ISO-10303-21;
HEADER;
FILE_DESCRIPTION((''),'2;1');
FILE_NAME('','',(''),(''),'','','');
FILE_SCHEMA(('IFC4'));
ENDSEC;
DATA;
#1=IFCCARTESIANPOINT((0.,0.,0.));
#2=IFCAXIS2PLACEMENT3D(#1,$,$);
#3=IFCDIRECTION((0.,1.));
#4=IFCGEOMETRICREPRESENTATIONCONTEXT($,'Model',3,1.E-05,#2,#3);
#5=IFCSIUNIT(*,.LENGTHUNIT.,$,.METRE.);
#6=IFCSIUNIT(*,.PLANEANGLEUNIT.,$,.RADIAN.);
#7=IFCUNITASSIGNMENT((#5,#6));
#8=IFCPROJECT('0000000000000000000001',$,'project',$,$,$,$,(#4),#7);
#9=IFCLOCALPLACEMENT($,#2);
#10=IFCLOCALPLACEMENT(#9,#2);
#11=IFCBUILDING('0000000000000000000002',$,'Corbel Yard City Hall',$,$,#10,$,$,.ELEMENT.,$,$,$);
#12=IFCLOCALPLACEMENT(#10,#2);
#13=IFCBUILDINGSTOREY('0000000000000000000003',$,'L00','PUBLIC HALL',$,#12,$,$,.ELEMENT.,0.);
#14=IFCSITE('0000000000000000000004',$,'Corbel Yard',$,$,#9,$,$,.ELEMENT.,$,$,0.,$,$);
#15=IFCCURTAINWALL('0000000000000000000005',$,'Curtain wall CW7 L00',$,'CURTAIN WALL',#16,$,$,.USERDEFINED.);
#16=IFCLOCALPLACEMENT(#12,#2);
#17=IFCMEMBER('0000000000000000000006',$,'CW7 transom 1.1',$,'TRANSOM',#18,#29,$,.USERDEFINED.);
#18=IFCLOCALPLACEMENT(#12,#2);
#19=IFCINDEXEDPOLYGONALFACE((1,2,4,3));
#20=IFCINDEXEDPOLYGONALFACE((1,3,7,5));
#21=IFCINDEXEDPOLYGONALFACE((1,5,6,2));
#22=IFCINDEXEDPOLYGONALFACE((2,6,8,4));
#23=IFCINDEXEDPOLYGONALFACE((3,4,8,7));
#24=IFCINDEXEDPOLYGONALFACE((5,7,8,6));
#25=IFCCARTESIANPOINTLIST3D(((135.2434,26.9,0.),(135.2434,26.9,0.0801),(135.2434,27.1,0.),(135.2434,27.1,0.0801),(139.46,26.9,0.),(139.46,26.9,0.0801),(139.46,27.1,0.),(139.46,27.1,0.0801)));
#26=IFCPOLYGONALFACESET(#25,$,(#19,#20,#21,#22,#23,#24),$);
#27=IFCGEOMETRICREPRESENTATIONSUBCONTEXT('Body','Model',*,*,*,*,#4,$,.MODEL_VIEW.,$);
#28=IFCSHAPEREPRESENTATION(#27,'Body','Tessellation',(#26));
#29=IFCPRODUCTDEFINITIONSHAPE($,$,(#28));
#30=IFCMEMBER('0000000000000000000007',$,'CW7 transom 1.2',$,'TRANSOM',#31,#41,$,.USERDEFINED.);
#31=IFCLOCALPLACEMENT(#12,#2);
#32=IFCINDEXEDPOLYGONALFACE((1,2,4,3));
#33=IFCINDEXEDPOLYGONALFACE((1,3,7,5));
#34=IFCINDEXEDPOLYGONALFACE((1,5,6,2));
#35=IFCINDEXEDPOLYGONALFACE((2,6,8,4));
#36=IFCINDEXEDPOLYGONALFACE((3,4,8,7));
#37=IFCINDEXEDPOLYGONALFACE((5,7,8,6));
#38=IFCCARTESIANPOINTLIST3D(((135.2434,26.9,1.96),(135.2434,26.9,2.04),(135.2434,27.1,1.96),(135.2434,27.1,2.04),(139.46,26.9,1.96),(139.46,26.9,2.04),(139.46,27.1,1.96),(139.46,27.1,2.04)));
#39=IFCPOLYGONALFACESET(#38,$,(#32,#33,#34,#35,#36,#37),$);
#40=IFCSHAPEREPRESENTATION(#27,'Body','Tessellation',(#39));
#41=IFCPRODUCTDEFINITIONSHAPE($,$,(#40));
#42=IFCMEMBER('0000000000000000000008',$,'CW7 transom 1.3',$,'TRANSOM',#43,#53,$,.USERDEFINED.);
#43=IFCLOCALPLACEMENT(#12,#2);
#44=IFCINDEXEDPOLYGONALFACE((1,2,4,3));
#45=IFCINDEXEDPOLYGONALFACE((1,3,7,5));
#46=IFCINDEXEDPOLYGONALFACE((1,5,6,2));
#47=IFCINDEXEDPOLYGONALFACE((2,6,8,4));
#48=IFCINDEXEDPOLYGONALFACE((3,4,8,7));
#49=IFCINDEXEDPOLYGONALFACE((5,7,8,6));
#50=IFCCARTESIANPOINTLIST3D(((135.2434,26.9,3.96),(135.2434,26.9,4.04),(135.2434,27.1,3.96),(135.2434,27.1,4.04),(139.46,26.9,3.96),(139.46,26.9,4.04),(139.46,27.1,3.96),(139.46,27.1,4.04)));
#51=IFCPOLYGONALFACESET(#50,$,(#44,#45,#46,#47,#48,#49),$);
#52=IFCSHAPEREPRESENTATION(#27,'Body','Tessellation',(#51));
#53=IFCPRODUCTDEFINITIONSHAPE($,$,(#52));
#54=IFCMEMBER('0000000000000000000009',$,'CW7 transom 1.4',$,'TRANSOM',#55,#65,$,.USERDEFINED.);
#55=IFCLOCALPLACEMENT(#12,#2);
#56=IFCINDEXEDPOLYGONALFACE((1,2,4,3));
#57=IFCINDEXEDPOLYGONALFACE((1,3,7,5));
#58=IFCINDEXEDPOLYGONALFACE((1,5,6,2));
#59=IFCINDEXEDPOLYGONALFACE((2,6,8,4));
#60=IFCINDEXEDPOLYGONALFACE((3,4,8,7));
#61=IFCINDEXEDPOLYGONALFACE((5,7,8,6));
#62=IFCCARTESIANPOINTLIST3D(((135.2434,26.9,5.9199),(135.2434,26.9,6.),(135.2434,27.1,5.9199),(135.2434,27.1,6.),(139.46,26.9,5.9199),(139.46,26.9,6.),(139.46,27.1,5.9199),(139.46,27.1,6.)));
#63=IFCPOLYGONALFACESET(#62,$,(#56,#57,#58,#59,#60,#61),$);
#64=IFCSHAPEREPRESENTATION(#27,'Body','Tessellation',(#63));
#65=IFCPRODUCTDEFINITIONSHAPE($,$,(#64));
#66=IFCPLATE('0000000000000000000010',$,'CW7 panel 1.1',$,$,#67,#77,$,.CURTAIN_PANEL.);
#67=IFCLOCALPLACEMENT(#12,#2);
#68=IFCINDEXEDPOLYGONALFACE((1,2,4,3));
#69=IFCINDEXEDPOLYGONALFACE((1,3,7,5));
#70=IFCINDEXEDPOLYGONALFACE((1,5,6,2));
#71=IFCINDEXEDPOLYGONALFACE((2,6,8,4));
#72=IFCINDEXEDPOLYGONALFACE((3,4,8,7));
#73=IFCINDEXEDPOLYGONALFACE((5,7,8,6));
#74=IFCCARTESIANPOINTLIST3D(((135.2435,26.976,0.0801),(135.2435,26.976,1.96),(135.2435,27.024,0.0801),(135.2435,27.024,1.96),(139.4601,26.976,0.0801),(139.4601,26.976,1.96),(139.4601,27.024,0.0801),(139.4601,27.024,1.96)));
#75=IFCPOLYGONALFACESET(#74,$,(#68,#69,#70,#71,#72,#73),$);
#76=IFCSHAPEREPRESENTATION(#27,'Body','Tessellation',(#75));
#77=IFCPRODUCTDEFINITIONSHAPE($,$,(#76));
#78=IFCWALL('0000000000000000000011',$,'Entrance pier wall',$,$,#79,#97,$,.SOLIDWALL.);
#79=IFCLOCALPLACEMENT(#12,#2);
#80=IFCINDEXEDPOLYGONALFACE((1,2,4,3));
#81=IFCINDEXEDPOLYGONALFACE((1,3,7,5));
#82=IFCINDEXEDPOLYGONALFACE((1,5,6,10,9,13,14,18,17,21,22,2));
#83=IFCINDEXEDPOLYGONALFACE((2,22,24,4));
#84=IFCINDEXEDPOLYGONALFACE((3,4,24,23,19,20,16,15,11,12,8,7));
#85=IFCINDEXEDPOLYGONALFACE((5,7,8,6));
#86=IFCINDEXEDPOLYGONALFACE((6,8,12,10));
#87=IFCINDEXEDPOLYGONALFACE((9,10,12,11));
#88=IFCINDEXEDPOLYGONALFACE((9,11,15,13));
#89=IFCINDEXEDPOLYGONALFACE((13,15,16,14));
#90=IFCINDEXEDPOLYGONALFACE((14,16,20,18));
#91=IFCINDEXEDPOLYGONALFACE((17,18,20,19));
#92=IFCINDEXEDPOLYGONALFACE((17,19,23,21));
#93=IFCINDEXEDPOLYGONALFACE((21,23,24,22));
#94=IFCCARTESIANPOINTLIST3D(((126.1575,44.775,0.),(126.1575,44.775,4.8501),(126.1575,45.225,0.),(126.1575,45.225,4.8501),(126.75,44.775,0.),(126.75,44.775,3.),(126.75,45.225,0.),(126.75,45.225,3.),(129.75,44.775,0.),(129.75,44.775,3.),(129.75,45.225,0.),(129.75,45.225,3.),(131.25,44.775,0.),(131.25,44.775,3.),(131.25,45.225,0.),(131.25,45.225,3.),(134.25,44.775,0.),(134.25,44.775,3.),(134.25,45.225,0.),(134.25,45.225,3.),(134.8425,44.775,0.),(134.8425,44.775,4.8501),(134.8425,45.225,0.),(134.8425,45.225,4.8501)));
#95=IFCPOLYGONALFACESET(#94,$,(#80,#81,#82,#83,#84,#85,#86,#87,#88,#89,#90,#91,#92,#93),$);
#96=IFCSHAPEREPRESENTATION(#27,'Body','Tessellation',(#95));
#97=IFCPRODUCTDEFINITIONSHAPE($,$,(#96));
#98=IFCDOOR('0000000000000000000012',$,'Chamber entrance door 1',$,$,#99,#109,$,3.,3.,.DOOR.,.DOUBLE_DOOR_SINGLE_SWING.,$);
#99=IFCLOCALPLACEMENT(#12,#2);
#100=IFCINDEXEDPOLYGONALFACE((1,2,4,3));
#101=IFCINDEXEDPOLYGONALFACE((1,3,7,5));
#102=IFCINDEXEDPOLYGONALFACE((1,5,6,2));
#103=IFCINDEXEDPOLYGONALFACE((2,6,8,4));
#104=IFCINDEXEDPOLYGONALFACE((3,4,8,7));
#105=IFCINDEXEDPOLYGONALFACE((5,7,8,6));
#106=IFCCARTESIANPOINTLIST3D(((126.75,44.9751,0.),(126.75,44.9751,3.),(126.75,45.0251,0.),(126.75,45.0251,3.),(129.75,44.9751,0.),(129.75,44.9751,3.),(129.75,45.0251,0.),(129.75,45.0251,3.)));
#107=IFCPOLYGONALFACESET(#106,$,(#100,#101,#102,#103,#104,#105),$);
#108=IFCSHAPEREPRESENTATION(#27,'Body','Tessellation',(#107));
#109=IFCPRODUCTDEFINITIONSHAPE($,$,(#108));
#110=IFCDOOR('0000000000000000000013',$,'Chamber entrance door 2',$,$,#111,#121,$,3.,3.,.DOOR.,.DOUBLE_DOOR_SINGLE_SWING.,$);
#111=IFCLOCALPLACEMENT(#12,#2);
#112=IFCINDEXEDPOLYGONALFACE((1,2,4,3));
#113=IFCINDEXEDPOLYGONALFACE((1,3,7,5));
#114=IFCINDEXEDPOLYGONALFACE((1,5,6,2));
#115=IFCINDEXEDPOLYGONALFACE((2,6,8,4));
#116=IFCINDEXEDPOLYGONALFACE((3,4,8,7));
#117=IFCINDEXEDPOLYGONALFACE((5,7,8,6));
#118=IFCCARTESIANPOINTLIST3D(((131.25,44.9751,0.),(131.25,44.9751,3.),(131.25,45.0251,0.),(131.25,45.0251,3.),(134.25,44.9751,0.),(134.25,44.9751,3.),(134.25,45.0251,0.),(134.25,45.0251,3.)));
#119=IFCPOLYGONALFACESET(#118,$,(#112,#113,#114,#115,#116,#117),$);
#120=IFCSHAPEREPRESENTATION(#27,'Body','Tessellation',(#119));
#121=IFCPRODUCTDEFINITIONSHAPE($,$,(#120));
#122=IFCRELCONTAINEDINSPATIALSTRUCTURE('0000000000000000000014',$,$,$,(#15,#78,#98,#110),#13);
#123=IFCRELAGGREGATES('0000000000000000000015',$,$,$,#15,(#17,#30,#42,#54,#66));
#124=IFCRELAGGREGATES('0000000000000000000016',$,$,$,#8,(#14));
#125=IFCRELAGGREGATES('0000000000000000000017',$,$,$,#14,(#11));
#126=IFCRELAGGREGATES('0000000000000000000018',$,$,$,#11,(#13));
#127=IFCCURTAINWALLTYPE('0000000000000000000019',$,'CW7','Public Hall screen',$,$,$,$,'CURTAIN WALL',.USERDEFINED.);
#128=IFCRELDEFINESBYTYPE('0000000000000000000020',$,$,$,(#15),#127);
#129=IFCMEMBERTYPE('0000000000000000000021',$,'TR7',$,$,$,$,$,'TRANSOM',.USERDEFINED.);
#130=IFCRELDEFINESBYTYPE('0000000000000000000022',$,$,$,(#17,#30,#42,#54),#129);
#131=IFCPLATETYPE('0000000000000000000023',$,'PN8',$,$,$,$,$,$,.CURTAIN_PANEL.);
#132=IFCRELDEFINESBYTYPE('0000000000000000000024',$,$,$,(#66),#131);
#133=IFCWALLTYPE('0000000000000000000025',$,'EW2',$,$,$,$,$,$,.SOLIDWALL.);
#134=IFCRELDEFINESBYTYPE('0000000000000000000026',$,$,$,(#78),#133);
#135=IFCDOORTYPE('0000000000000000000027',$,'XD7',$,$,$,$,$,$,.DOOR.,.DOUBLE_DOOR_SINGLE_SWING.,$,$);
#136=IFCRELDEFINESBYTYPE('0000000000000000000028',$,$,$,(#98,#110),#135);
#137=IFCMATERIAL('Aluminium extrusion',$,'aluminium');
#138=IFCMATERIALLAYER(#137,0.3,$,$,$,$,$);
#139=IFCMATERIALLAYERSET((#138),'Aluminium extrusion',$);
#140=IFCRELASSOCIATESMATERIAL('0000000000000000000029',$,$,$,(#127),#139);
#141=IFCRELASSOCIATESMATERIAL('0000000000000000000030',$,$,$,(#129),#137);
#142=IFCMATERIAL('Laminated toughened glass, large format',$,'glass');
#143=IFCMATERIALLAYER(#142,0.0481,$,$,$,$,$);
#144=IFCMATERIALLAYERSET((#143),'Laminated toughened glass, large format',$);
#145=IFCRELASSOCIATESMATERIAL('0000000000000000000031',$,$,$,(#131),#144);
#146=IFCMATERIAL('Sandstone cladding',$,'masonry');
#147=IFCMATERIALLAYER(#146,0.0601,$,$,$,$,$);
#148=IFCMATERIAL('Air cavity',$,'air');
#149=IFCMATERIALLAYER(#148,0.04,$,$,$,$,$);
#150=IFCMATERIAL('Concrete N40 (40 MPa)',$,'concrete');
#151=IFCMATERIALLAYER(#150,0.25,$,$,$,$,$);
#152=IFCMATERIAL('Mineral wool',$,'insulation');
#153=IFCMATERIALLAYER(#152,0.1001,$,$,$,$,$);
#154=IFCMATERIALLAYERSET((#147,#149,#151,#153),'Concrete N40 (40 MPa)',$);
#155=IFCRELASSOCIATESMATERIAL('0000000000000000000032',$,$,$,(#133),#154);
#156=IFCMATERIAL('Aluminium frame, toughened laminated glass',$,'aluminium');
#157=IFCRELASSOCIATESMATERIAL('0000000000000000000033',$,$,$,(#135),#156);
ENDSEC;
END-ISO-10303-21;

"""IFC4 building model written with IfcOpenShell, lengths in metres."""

from ifc_helpers import new_model, si_unit, direction, frame, frame_2d, origin, origin_2d, place, context, subcontext, project, spatial, rectangle, extrude, material, layer, layer_set, material_profile, profile_set, type_object, element, fill, aggregate, save


model = new_model("IFC4")

# Units and contexts
model_context = context("Model", 3, precision=1e-05, world=origin(), true_north=direction((0.0, 1.0)))
body_context = subcontext(model_context, "Body", "Model", "MODEL_VIEW")
ifc_project = project(units=[si_unit("LENGTHUNIT", "METRE"), si_unit("PLANEANGLEUNIT", "RADIAN")], contexts=[model_context])

# Site, building, storey
site_placement = place(None, origin())
site = spatial("IfcSite", under=ifc_project, at=site_placement, Name="Corbel Yard", CompositionType="ELEMENT", RefElevation=0.0)
building_placement = place(site_placement, origin())
building = spatial("IfcBuilding", under=site, at=building_placement, Name="Corbel Yard City Hall", CompositionType="ELEMENT")
storey_placement = place(building_placement, origin())
storey = spatial("IfcBuildingStorey", under=building, at=storey_placement, Name="L00", Description="PUBLIC HALL", CompositionType="ELEMENT", Elevation=0.0)

# Shared definitions
ifc_material_1 = material(Name="Concrete N40 (40 MPa)", Category="concrete")

# Shared definitions
ifc_material_2 = material(Name="Aluminium extrusion", Category="aluminium")

# Curtain wall, members, plate
ifc_layer_1 = layer(ifc_material_2, 0.3)
ifc_layer_set_1 = layer_set([ifc_layer_1], Name="Aluminium extrusion")
curtain_wall_type_1 = type_object("IfcCurtainWallType", Name="CW7", Description="Public Hall screen", ElementType="CURTAIN WALL", PredefinedType="USERDEFINED", material=ifc_layer_set_1)
curtain_wall_1_placement = place(storey_placement, origin())
curtain_wall_1 = element("IfcCurtainWall", 1, at=curtain_wall_1_placement, inside=storey, type_object=curtain_wall_type_1, Name="Curtain wall CW7 L00", ObjectType="CURTAIN WALL", PredefinedType="USERDEFINED")
ifc_material_profile_1 = material_profile(ifc_material_2, rectangle(XDim=0.2, YDim=0.0801, at=origin_2d()), Name="200x80")
ifc_profile_set_1 = profile_set([ifc_material_profile_1], Name="Aluminium extrusion")
member_type_1 = type_object("IfcMemberType", Name="TR7", ElementType="TRANSOM", PredefinedType="USERDEFINED", material=ifc_profile_set_1)
member_1_placement = place(storey_placement, frame((135.2434, 27.0, 0.04), z_axis=(1.0, 0.0, 0.0), x_axis=(0.0, 1.0, 0.0)))
member_1 = element("IfcMember", 2, at=member_1_placement, type_object=member_type_1, Name="CW7 transom 1.1", ObjectType="TRANSOM", PredefinedType="USERDEFINED", context=body_context, shape_type="SweptSolid", body=[
    extrude(rectangle(XDim=0.2, YDim=0.0801, at=origin_2d()), origin(), (0.0, 0.0, 1.0), 4.2166),
])
member_2_placement = place(storey_placement, frame((135.2434, 27.0, 2.0), z_axis=(1.0, 0.0, 0.0), x_axis=(0.0, 1.0, 0.0)))
member_2 = element("IfcMember", 3, at=member_2_placement, type_object=member_type_1, Name="CW7 transom 1.2", ObjectType="TRANSOM", PredefinedType="USERDEFINED", context=body_context, shape_type="SweptSolid", body=[
    extrude(rectangle(XDim=0.2, YDim=0.0801, at=origin_2d()), origin(), (0.0, 0.0, 1.0), 4.2166),
])
member_3_placement = place(storey_placement, frame((135.2434, 27.0, 4.0), z_axis=(1.0, 0.0, 0.0), x_axis=(0.0, 1.0, 0.0)))
member_3 = element("IfcMember", 4, at=member_3_placement, type_object=member_type_1, Name="CW7 transom 1.3", ObjectType="TRANSOM", PredefinedType="USERDEFINED", context=body_context, shape_type="SweptSolid", body=[
    extrude(rectangle(XDim=0.2, YDim=0.0801, at=origin_2d()), origin(), (0.0, 0.0, 1.0), 4.2166),
])
member_4_placement = place(storey_placement, frame((135.2434, 27.0, 5.96), z_axis=(1.0, 0.0, 0.0), x_axis=(0.0, 1.0, 0.0)))
member_4 = element("IfcMember", 5, at=member_4_placement, type_object=member_type_1, Name="CW7 transom 1.4", ObjectType="TRANSOM", PredefinedType="USERDEFINED", context=body_context, shape_type="SweptSolid", body=[
    extrude(rectangle(XDim=0.2, YDim=0.0801, at=origin_2d()), origin(), (0.0, 0.0, 1.0), 4.2166),
])
ifc_material_3 = material(Name="Laminated toughened glass, large format", Category="glass")
ifc_layer_2 = layer(ifc_material_3, 0.0481)
ifc_layer_set_2 = layer_set([ifc_layer_2], Name="Laminated toughened glass, large format")
plate_type = type_object("IfcPlateType", Name="PN8", PredefinedType="CURTAIN_PANEL", material=ifc_layer_set_2)
plate_placement = place(storey_placement, frame((137.3518, 27.0, 0.0801), z_axis=(0.0, 0.0, 1.0), x_axis=(1.0, 0.0, 0.0)))
plate = element("IfcPlate", 6, at=plate_placement, type_object=plate_type, Name="CW7 panel 1.1", PredefinedType="CURTAIN_PANEL", context=body_context, shape_type="SweptSolid", body=[
    extrude(rectangle(XDim=4.2166, YDim=0.0481, at=origin_2d()), origin(), (0.0, 0.0, 1.0), 1.8799),
])
aggregate(curtain_wall_1, [member_1, member_2, member_3, member_4, plate])

# Wall, openings, doors
ifc_material_4 = material(Name="Sandstone cladding", Category="masonry")
ifc_layer_3 = layer(ifc_material_4, 0.0601)
ifc_material_5 = material(Name="Air cavity", Category="air")
ifc_layer_4 = layer(ifc_material_5, 0.04)
ifc_layer_5 = layer(ifc_material_1, 0.25)
ifc_material_6 = material(Name="Mineral wool", Category="insulation")
ifc_layer_6 = layer(ifc_material_6, 0.1001)
ifc_layer_set_3 = layer_set([ifc_layer_3, ifc_layer_4, ifc_layer_5, ifc_layer_6], Name="Concrete N40 (40 MPa)")
wall_type = type_object("IfcWallType", Name="EW2", PredefinedType="SOLIDWALL", material=ifc_layer_set_3)
wall_placement = place(storey_placement, frame((126.1575, 45.0, 0.0), z_axis=(0.0, 0.0, 1.0), x_axis=(1.0, 0.0, 0.0)))
wall = element("IfcWall", 7, at=wall_placement, inside=storey, type_object=wall_type, Name="Entrance pier wall", PredefinedType="SOLIDWALL", context=body_context, shape_type="SweptSolid", body=[
    extrude(rectangle(XDim=8.6851, YDim=0.45, at=frame_2d((4.3425, 0.0))), origin(), (0.0, 0.0, 1.0), 4.8501),
])
opening_1_placement = place(wall_placement, frame((0.5925, 0.0, 0.0)))
opening_1 = element("IfcOpeningElement", 8, at=opening_1_placement, cuts=wall, PredefinedType="OPENING", context=body_context, shape_type="SweptSolid", body=[
    extrude(rectangle(XDim=3.0, YDim=3.0, at=frame_2d((1.5, 1.5))), frame((0.0, 0.2349, 0.0), z_axis=(0.0, -1.0, 0.0), x_axis=(1.0, 0.0, 0.0)), (0.0, 0.0, 1.0), 0.47),
])
opening_2_placement = place(wall_placement, frame((5.0925, 0.0, 0.0)))
opening_2 = element("IfcOpeningElement", 9, at=opening_2_placement, cuts=wall, PredefinedType="OPENING", context=body_context, shape_type="SweptSolid", body=[
    extrude(rectangle(XDim=3.0, YDim=3.0, at=frame_2d((1.5, 1.5))), frame((0.0, 0.2349, 0.0), z_axis=(0.0, -1.0, 0.0), x_axis=(1.0, 0.0, 0.0)), (0.0, 0.0, 1.0), 0.47),
])
ifc_material_7 = material(Name="Aluminium frame, toughened laminated glass", Category="aluminium")
door_type = type_object("IfcDoorType", Name="XD7", OperationType="DOUBLE_DOOR_SINGLE_SWING", PredefinedType="DOOR", material=ifc_material_7)
door_1_placement = place(opening_1_placement, frame((3.0, 0.0, 0.0), z_axis=(0.0, 0.0, 1.0), x_axis=(-1.0, 0.0, 0.0)))
door_1 = element("IfcDoor", 10, at=door_1_placement, inside=storey, type_object=door_type, Name="Chamber entrance door 1", OperationType="DOUBLE_DOOR_SINGLE_SWING", OverallHeight=3.0, OverallWidth=3.0, PredefinedType="DOOR", context=body_context, shape_type="SweptSolid", body=[
    extrude(rectangle(XDim=3.0, YDim=3.0, at=frame_2d((1.5, 1.5))), frame((0.0, 0.0249, 0.0), z_axis=(0.0, -1.0, 0.0), x_axis=(1.0, 0.0, 0.0)), (0.0, 0.0, 1.0), 0.05),
])
fill(opening_1, door_1)
door_2_placement = place(opening_2_placement, frame((3.0, 0.0, 0.0), z_axis=(0.0, 0.0, 1.0), x_axis=(-1.0, 0.0, 0.0)))
door_2 = element("IfcDoor", 11, at=door_2_placement, inside=storey, type_object=door_type, Name="Chamber entrance door 2", OperationType="DOUBLE_DOOR_SINGLE_SWING", OverallHeight=3.0, OverallWidth=3.0, PredefinedType="DOOR", context=body_context, shape_type="SweptSolid", body=[
    extrude(rectangle(XDim=3.0, YDim=3.0, at=frame_2d((1.5, 1.5))), frame((0.0, 0.0249, 0.0), z_axis=(0.0, -1.0, 0.0), x_axis=(1.0, 0.0, 0.0)), (0.0, 0.0, 1.0), 0.05),
])
fill(opening_2, door_2)

save(model, "model.ifc")
